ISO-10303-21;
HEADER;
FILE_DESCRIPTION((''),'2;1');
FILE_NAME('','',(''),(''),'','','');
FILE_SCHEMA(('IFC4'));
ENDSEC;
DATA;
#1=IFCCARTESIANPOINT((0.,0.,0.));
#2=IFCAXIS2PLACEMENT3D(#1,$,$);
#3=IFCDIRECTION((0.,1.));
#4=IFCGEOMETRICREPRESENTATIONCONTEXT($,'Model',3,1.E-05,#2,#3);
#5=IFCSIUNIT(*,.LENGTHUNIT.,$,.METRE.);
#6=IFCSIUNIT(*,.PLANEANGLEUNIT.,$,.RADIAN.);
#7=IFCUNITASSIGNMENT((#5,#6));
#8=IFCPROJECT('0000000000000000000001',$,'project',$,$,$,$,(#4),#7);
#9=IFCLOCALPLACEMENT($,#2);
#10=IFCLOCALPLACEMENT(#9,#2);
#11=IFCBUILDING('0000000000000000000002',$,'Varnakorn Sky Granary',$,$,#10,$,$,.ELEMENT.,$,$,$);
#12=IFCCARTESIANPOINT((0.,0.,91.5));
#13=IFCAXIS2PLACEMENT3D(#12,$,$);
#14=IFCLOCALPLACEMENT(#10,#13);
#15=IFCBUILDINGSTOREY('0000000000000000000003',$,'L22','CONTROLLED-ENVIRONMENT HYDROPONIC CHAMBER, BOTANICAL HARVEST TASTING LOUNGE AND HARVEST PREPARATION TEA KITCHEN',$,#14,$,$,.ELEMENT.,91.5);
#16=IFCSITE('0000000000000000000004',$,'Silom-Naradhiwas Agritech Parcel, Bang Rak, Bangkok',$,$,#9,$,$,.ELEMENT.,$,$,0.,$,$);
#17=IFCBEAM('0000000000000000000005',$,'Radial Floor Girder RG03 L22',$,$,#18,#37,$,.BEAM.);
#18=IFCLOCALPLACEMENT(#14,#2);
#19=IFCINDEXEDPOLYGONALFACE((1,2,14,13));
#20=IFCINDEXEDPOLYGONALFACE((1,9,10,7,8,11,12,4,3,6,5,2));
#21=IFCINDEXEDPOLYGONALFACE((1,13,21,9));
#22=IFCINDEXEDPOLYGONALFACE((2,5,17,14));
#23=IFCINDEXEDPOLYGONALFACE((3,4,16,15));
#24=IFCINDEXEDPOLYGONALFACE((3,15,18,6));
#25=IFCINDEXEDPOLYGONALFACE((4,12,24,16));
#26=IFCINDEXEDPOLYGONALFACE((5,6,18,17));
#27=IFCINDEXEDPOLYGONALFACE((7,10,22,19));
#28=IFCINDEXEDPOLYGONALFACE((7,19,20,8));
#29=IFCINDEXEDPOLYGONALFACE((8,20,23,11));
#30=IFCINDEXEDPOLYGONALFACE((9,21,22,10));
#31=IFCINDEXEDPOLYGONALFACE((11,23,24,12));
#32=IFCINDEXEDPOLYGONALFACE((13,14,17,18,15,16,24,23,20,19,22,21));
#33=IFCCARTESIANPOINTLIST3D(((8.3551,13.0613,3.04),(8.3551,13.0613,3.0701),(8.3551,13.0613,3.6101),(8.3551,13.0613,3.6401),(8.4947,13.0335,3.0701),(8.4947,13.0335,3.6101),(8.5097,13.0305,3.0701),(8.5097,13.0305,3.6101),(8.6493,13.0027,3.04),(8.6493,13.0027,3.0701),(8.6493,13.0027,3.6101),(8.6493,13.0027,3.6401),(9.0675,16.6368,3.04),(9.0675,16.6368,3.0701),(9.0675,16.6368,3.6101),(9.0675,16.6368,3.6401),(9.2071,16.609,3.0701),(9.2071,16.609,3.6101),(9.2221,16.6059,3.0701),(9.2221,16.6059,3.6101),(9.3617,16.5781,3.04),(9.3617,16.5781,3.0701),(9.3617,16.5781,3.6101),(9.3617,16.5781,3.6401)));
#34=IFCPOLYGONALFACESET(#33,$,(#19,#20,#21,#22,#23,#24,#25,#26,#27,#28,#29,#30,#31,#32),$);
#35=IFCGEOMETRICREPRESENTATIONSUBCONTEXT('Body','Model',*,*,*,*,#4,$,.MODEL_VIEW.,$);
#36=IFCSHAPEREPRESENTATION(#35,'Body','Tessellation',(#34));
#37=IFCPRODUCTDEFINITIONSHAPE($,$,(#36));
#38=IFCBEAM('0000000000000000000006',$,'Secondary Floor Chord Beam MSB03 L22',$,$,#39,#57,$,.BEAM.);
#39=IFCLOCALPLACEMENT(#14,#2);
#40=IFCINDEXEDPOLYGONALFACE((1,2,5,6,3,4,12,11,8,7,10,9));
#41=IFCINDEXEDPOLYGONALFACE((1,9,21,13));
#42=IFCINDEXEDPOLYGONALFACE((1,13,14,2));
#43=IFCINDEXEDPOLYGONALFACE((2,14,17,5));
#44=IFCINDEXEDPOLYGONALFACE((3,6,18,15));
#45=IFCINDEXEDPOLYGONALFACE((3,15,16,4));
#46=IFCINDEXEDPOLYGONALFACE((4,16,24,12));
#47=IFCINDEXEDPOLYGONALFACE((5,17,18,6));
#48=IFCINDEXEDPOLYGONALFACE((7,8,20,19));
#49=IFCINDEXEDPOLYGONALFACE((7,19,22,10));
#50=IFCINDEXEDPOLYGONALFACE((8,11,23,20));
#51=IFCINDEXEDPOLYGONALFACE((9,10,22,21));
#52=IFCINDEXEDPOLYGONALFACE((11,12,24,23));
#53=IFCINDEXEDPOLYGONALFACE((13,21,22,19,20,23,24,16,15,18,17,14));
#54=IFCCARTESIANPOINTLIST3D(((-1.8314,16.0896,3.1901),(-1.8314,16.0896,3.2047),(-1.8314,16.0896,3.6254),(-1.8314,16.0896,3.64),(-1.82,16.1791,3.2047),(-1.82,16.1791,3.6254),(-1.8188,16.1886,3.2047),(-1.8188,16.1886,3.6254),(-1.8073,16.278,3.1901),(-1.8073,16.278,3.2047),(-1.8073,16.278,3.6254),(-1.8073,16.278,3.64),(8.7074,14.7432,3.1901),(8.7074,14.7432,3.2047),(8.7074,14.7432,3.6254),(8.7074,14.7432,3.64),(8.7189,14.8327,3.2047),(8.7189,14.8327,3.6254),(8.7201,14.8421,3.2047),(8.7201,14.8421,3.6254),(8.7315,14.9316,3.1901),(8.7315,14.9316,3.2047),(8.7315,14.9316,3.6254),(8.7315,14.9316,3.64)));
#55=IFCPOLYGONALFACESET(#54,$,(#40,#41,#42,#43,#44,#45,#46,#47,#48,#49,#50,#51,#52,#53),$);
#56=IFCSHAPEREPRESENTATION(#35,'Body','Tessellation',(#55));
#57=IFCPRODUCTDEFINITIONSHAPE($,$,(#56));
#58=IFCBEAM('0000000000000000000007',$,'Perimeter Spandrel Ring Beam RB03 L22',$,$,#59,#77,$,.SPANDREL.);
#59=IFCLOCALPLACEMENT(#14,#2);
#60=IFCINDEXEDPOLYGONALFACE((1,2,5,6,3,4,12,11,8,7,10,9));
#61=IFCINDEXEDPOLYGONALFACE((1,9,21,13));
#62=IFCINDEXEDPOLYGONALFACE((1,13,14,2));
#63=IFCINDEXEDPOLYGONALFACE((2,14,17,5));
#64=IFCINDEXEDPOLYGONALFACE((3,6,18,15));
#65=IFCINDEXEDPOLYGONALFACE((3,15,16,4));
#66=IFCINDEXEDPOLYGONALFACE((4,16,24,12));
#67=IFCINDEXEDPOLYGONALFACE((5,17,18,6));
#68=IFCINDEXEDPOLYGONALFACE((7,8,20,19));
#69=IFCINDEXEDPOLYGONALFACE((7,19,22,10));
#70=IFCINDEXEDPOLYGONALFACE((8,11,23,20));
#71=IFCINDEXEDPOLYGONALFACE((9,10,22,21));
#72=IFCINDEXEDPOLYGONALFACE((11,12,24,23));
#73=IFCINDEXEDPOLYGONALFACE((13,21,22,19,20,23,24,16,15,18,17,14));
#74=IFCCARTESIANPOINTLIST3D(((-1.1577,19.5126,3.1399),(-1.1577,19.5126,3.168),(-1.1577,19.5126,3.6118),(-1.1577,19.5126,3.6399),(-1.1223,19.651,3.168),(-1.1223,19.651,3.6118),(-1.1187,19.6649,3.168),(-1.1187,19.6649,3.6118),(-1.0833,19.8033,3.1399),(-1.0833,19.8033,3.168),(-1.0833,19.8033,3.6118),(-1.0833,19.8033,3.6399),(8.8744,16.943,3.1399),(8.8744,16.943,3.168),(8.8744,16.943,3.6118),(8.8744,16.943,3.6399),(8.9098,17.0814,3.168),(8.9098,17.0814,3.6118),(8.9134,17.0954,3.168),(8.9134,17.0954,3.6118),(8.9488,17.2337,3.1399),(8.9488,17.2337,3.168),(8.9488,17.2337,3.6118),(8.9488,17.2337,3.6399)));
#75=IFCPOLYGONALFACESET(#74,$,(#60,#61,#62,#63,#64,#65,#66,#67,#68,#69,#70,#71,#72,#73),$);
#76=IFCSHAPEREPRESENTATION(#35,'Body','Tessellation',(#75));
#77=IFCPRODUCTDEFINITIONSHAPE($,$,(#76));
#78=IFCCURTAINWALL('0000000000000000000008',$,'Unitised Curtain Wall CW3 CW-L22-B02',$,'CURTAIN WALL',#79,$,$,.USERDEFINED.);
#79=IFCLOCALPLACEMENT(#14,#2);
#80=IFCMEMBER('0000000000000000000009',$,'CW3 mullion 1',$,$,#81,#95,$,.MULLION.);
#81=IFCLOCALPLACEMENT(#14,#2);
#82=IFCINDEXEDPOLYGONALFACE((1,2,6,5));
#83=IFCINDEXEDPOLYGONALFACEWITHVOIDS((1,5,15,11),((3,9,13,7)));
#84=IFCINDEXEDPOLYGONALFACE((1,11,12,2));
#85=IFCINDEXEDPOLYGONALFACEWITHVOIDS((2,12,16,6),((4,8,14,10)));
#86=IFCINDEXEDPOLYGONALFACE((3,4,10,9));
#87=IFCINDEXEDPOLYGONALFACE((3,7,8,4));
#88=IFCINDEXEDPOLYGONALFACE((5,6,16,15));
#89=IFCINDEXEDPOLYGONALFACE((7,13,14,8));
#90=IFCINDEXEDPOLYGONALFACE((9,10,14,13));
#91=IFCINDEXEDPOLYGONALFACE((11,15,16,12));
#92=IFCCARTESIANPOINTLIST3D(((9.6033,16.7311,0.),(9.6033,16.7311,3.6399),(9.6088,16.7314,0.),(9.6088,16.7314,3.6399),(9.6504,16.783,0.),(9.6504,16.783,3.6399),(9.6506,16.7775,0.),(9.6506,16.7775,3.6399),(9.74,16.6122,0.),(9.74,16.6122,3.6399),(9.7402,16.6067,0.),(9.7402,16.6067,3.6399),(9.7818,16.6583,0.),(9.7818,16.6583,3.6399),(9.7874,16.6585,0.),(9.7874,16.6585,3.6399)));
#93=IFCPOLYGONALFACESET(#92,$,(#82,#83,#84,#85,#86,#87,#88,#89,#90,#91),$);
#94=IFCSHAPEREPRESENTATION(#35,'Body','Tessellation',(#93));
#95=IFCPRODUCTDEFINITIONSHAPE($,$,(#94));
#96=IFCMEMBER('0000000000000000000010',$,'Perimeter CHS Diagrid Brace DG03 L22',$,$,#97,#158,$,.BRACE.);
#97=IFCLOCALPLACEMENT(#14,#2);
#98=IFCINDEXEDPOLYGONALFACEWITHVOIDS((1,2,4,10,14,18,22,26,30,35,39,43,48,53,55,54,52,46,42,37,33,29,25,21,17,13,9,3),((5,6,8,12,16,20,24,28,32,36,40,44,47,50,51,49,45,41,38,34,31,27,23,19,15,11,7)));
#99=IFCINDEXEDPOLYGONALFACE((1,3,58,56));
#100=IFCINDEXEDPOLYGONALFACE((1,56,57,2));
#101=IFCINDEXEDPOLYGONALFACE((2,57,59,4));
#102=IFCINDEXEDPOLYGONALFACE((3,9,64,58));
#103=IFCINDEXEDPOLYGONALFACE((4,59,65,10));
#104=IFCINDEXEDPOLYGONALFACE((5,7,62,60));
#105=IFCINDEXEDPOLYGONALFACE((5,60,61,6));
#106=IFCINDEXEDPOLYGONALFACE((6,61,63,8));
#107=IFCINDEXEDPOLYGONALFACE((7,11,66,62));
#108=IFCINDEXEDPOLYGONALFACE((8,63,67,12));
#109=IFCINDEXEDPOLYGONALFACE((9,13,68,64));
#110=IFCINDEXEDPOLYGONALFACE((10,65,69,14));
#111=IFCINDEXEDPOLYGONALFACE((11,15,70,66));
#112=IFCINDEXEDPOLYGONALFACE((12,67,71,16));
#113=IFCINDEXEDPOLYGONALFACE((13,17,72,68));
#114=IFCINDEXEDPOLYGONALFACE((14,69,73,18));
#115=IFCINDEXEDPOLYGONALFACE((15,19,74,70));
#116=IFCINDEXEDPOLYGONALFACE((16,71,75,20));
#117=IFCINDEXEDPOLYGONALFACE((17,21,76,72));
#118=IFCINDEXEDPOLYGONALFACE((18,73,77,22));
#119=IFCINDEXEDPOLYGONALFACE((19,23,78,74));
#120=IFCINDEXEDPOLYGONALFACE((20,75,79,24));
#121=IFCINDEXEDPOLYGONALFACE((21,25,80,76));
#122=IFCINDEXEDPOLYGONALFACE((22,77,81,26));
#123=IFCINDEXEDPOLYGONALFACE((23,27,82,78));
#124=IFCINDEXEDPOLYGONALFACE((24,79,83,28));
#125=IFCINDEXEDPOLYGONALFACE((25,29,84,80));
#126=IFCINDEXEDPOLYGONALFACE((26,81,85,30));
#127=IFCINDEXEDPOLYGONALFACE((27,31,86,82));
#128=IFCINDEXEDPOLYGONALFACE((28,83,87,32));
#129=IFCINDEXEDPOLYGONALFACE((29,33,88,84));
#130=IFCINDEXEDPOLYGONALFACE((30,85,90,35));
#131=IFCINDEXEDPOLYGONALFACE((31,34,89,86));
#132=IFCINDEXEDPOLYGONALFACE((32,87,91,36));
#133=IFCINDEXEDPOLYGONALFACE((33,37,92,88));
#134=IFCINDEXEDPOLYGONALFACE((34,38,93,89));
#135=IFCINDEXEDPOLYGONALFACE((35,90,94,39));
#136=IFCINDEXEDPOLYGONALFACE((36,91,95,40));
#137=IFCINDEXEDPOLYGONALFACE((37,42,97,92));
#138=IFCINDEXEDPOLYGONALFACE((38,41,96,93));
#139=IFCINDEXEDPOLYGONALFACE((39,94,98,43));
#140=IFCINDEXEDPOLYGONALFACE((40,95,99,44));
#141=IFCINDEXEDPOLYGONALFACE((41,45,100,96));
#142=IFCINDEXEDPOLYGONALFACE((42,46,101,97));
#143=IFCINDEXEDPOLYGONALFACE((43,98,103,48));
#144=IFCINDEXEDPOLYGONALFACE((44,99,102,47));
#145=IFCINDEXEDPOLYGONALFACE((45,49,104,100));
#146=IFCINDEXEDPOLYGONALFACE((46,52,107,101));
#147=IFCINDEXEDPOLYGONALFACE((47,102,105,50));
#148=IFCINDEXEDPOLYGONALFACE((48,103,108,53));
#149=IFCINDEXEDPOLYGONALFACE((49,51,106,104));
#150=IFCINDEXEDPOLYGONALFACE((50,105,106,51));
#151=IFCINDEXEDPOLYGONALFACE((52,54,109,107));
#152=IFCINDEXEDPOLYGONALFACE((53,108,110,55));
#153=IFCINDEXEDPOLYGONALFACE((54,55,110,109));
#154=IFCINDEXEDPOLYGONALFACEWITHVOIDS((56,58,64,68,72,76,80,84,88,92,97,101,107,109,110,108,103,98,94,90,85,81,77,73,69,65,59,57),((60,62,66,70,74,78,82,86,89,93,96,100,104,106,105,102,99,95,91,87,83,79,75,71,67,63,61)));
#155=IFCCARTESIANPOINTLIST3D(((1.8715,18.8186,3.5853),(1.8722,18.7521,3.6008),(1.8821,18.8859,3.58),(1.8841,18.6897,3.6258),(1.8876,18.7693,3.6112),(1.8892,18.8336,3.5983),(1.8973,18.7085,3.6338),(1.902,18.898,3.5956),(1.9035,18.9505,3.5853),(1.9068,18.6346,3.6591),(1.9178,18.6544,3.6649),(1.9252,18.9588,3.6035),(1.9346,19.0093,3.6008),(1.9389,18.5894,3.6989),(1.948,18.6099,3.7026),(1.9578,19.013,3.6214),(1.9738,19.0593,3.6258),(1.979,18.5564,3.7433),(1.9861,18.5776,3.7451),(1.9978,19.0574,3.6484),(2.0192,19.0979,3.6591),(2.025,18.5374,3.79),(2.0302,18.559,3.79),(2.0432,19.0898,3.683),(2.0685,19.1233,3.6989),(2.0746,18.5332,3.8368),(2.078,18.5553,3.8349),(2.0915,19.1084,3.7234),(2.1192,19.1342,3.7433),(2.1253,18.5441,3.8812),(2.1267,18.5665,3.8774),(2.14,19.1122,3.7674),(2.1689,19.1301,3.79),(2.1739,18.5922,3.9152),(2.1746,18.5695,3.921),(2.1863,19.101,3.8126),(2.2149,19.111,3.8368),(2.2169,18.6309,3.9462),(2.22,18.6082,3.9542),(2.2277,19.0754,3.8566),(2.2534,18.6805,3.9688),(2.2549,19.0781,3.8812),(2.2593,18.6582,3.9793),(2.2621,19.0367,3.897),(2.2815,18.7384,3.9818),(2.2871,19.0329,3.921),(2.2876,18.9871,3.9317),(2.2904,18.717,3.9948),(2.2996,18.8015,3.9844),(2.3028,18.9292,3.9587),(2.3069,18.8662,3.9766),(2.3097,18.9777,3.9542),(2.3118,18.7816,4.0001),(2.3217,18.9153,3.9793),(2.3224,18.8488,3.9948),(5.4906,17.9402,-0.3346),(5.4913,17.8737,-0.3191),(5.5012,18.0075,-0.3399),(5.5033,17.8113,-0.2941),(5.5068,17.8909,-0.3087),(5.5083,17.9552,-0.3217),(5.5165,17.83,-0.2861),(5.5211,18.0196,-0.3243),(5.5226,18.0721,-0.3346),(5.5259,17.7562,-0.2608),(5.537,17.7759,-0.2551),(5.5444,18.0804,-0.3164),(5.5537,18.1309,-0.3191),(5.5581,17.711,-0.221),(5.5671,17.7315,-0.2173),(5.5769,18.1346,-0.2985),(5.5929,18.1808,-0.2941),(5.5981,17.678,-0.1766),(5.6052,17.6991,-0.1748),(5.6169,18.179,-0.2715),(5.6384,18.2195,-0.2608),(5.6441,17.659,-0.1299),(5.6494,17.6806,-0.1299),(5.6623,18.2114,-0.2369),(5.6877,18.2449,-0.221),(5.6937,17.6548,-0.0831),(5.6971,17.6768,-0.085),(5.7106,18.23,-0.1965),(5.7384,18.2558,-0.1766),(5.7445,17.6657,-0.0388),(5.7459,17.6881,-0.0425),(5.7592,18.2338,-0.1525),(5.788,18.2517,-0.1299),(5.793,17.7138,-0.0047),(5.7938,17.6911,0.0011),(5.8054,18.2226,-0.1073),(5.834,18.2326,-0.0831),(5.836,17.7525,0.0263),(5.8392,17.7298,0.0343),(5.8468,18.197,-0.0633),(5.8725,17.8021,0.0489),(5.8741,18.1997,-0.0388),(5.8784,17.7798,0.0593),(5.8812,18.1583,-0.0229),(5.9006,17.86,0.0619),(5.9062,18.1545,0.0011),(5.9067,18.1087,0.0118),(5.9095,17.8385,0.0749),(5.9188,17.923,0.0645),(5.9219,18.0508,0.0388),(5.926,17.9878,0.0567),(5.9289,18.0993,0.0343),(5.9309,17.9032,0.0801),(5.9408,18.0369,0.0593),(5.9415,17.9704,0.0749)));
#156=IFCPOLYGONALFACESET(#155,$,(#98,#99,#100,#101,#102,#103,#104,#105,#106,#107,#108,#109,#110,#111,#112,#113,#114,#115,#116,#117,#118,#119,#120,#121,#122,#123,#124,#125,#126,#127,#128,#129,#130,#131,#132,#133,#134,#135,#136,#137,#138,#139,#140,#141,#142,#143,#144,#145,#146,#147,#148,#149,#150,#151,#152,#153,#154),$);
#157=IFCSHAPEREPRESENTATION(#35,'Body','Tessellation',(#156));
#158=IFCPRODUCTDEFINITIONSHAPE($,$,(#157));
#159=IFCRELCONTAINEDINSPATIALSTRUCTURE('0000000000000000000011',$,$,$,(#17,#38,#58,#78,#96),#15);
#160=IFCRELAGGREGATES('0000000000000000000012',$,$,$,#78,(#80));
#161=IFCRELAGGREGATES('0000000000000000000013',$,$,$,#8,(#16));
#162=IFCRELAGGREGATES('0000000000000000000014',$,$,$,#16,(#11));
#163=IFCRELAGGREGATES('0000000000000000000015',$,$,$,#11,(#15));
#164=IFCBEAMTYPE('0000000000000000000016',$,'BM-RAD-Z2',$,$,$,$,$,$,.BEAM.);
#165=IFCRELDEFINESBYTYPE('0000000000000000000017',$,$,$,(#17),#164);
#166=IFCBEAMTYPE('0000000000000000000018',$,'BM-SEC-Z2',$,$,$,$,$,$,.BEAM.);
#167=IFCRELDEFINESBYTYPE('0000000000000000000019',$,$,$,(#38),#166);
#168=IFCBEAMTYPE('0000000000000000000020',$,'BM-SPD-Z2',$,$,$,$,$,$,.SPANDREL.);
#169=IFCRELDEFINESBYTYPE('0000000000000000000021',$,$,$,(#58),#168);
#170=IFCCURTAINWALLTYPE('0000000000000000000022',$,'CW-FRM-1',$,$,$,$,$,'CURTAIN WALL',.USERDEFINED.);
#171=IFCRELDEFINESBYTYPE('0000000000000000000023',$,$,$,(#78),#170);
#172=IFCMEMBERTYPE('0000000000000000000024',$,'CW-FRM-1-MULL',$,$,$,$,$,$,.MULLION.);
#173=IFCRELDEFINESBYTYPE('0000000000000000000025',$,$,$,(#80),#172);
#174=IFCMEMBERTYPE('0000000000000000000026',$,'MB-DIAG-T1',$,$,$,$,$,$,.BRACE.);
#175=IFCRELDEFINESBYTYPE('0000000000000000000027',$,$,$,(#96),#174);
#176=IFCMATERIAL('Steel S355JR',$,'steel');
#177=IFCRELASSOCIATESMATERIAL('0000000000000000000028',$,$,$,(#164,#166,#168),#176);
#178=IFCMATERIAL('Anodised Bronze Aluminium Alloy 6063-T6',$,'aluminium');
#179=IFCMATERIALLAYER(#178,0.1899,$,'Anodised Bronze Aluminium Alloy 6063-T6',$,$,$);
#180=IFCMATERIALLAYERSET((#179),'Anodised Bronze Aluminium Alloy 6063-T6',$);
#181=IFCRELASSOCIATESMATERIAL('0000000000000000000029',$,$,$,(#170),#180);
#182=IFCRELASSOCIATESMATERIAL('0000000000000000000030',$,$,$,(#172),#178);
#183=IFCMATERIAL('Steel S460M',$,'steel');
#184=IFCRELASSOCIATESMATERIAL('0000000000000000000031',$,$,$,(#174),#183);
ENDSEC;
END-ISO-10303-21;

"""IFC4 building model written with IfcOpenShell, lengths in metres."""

from ifc_helpers import new_model, si_unit, direction, frame, origin, origin_2d, place, context, subcontext, project, spatial, hollow_rectangle, hollow_circle, i_section, extrude, material, layer, layer_set, material_profile, profile_set, type_object, element, aggregate, save


model = new_model("IFC4")

# Units and contexts
model_context = context("Model", 3, precision=1e-05, world=origin(), true_north=direction((0.0, 1.0)))
body_context = subcontext(model_context, "Body", "Model", "MODEL_VIEW")
ifc_project = project(units=[si_unit("LENGTHUNIT", "METRE"), si_unit("PLANEANGLEUNIT", "RADIAN")], contexts=[model_context])

# Site, building, storey
site_placement = place(None, origin())
site = spatial("IfcSite", under=ifc_project, at=site_placement, Name="Silom-Naradhiwas Agritech Parcel, Bang Rak, Bangkok", CompositionType="ELEMENT", RefElevation=0.0)
building_placement = place(site_placement, origin())
building = spatial("IfcBuilding", under=site, at=building_placement, Name="Varnakorn Sky Granary", CompositionType="ELEMENT")
storey_placement = place(building_placement, frame((0.0, 0.0, 91.5)))
storey = spatial("IfcBuildingStorey", under=building, at=storey_placement, Name="L22", Description="CONTROLLED-ENVIRONMENT HYDROPONIC CHAMBER, BOTANICAL HARVEST TASTING LOUNGE AND HARVEST PREPARATION TEA KITCHEN", CompositionType="ELEMENT", Elevation=91.5)

# Shared definitions
ifc_material_1 = material(Name="Steel S460M", Category="steel")

# Beams
ifc_material_2 = material(Name="Steel S355JR", Category="steel")
ifc_material_profile_1 = material_profile(ifc_material_2, i_section(OverallWidth=0.3, OverallDepth=0.6001, WebThickness=0.0154, FlangeThickness=0.03, at=origin_2d()), Name="HE 600 B")
ifc_profile_set_1 = profile_set([ifc_material_profile_1], Name="Steel S355JR")
beam_type_1 = type_object("IfcBeamType", Name="BM-RAD-Z2", PredefinedType="BEAM", material=ifc_profile_set_1)
beam_1_placement = place(storey_placement, frame((8.5022, 13.032, 3.3401), z_axis=(0.195408, 0.980722, 0.0), x_axis=(-0.980722, 0.195408, 0.0)))
element("IfcBeam", 1, at=beam_1_placement, inside=storey, type_object=beam_type_1, Name="Radial Floor Girder RG03 L22", PredefinedType="BEAM", context=body_context, shape_type="SweptSolid", body=[
    extrude(i_section(OverallWidth=0.3, OverallDepth=0.6001, WebThickness=0.0154, FlangeThickness=0.03, at=origin_2d()), origin(), (0.0, 0.0, 1.0), 3.6458),
])
ifc_material_profile_2 = material_profile(ifc_material_2, i_section(OverallWidth=0.1899, OverallDepth=0.45, WebThickness=0.0095, FlangeThickness=0.0146, at=origin_2d()), Name="IPE 450")
ifc_profile_set_2 = profile_set([ifc_material_profile_2], Name="Steel S355JR")
beam_type_2 = type_object("IfcBeamType", Name="BM-SEC-Z2", PredefinedType="BEAM", material=ifc_profile_set_2)
beam_2_placement = place(storey_placement, frame((8.7195, 14.8374, 3.415), z_axis=(-0.991937, 0.12673, 0.0), x_axis=(-0.12673, -0.991937, 0.0)))
element("IfcBeam", 2, at=beam_2_placement, inside=storey, type_object=beam_type_2, Name="Secondary Floor Chord Beam MSB03 L22", PredefinedType="BEAM", context=body_context, shape_type="SweptSolid", body=[
    extrude(i_section(OverallWidth=0.1899, OverallDepth=0.45, WebThickness=0.0095, FlangeThickness=0.0146, at=origin_2d()), origin(), (0.0, 0.0, 1.0), 10.6245),
])
ifc_material_profile_3 = material_profile(ifc_material_2, i_section(OverallWidth=0.3, OverallDepth=0.5, WebThickness=0.0144, FlangeThickness=0.0281, at=origin_2d()), Name="HE 500 B")
ifc_profile_set_3 = profile_set([ifc_material_profile_3], Name="Steel S355JR")
beam_type_3 = type_object("IfcBeamType", Name="BM-SPD-Z2", PredefinedType="SPANDREL", material=ifc_profile_set_3)
beam_3_placement = place(storey_placement, frame((8.9116, 17.0884, 3.3899), z_axis=(-0.968729, 0.248123, 0.0), x_axis=(-0.248123, -0.968729, 0.0)))
element("IfcBeam", 3, at=beam_3_placement, inside=storey, type_object=beam_type_3, Name="Perimeter Spandrel Ring Beam RB03 L22", PredefinedType="SPANDREL", context=body_context, shape_type="SweptSolid", body=[
    extrude(i_section(OverallWidth=0.3, OverallDepth=0.5, WebThickness=0.0144, FlangeThickness=0.0281, at=origin_2d()), origin(), (0.0, 0.0, 1.0), 10.356),
])

# Curtain wall, member
ifc_material_3 = material(Name="Anodised Bronze Aluminium Alloy 6063-T6", Category="aluminium")
ifc_layer_1 = layer(ifc_material_3, 0.1899, Name="Anodised Bronze Aluminium Alloy 6063-T6")
ifc_layer_set_1 = layer_set([ifc_layer_1], Name="Anodised Bronze Aluminium Alloy 6063-T6")
curtain_wall_type = type_object("IfcCurtainWallType", Name="CW-FRM-1", ElementType="CURTAIN WALL", PredefinedType="USERDEFINED", material=ifc_layer_set_1)
curtain_wall_placement = place(storey_placement, origin())
curtain_wall = element("IfcCurtainWall", 4, at=curtain_wall_placement, inside=storey, type_object=curtain_wall_type, Name="Unitised Curtain Wall CW3 CW-L22-B02", ObjectType="CURTAIN WALL", PredefinedType="USERDEFINED")
ifc_material_profile_4 = material_profile(ifc_material_3, hollow_rectangle(XDim=0.0701, YDim=0.1851, WallThickness=0.0039, at=origin_2d()), Name="ALU MULL 70x185")
ifc_profile_set_4 = profile_set([ifc_material_profile_4], Name="Anodised Bronze Aluminium Alloy 6063-T6")
member_type_1 = type_object("IfcMemberType", Name="CW-FRM-1-MULL", PredefinedType="MULLION", material=ifc_profile_set_4)
member_1_placement = place(storey_placement, frame((9.6953, 16.6948, 0.0), z_axis=(0.0, 0.0, 1.0), x_axis=(0.672429, 0.740161, 0.0)))
member_1 = element("IfcMember", 5, at=member_1_placement, type_object=member_type_1, Name="CW3 mullion 1", PredefinedType="MULLION", context=body_context, shape_type="SweptSolid", body=[
    extrude(hollow_rectangle(XDim=0.0701, YDim=0.1851, WallThickness=0.0039, at=origin_2d()), origin(), (0.0, 0.0, 1.0), 3.6399),
])
aggregate(curtain_wall, [member_1])

# Member
ifc_material_profile_5 = material_profile(ifc_material_1, hollow_circle(Radius=0.3049, WallThickness=0.0222, at=origin_2d()), Name="CHS 610x22")
ifc_profile_set_5 = profile_set([ifc_material_profile_5], Name="Steel S460M")
member_type_2 = type_object("IfcMemberType", Name="MB-DIAG-T1", PredefinedType="BRACE", material=ifc_profile_set_5)
member_2_placement = place(storey_placement, frame((5.7161, 17.9553, -0.1299), z_axis=(-0.669344, 0.16246, 0.724972), x_axis=(-0.235866, -0.971785, 0.0)))
element("IfcMember", 6, at=member_2_placement, inside=storey, type_object=member_type_2, Name="Perimeter CHS Diagrid Brace DG03 L22", PredefinedType="BRACE", context=body_context, shape_type="SweptSolid", body=[
    extrude(hollow_circle(Radius=0.3049, WallThickness=0.0222, at=origin_2d()), origin(), (0.0, 0.0, 1.0), 5.407),
])

save(model, "model.ifc")
